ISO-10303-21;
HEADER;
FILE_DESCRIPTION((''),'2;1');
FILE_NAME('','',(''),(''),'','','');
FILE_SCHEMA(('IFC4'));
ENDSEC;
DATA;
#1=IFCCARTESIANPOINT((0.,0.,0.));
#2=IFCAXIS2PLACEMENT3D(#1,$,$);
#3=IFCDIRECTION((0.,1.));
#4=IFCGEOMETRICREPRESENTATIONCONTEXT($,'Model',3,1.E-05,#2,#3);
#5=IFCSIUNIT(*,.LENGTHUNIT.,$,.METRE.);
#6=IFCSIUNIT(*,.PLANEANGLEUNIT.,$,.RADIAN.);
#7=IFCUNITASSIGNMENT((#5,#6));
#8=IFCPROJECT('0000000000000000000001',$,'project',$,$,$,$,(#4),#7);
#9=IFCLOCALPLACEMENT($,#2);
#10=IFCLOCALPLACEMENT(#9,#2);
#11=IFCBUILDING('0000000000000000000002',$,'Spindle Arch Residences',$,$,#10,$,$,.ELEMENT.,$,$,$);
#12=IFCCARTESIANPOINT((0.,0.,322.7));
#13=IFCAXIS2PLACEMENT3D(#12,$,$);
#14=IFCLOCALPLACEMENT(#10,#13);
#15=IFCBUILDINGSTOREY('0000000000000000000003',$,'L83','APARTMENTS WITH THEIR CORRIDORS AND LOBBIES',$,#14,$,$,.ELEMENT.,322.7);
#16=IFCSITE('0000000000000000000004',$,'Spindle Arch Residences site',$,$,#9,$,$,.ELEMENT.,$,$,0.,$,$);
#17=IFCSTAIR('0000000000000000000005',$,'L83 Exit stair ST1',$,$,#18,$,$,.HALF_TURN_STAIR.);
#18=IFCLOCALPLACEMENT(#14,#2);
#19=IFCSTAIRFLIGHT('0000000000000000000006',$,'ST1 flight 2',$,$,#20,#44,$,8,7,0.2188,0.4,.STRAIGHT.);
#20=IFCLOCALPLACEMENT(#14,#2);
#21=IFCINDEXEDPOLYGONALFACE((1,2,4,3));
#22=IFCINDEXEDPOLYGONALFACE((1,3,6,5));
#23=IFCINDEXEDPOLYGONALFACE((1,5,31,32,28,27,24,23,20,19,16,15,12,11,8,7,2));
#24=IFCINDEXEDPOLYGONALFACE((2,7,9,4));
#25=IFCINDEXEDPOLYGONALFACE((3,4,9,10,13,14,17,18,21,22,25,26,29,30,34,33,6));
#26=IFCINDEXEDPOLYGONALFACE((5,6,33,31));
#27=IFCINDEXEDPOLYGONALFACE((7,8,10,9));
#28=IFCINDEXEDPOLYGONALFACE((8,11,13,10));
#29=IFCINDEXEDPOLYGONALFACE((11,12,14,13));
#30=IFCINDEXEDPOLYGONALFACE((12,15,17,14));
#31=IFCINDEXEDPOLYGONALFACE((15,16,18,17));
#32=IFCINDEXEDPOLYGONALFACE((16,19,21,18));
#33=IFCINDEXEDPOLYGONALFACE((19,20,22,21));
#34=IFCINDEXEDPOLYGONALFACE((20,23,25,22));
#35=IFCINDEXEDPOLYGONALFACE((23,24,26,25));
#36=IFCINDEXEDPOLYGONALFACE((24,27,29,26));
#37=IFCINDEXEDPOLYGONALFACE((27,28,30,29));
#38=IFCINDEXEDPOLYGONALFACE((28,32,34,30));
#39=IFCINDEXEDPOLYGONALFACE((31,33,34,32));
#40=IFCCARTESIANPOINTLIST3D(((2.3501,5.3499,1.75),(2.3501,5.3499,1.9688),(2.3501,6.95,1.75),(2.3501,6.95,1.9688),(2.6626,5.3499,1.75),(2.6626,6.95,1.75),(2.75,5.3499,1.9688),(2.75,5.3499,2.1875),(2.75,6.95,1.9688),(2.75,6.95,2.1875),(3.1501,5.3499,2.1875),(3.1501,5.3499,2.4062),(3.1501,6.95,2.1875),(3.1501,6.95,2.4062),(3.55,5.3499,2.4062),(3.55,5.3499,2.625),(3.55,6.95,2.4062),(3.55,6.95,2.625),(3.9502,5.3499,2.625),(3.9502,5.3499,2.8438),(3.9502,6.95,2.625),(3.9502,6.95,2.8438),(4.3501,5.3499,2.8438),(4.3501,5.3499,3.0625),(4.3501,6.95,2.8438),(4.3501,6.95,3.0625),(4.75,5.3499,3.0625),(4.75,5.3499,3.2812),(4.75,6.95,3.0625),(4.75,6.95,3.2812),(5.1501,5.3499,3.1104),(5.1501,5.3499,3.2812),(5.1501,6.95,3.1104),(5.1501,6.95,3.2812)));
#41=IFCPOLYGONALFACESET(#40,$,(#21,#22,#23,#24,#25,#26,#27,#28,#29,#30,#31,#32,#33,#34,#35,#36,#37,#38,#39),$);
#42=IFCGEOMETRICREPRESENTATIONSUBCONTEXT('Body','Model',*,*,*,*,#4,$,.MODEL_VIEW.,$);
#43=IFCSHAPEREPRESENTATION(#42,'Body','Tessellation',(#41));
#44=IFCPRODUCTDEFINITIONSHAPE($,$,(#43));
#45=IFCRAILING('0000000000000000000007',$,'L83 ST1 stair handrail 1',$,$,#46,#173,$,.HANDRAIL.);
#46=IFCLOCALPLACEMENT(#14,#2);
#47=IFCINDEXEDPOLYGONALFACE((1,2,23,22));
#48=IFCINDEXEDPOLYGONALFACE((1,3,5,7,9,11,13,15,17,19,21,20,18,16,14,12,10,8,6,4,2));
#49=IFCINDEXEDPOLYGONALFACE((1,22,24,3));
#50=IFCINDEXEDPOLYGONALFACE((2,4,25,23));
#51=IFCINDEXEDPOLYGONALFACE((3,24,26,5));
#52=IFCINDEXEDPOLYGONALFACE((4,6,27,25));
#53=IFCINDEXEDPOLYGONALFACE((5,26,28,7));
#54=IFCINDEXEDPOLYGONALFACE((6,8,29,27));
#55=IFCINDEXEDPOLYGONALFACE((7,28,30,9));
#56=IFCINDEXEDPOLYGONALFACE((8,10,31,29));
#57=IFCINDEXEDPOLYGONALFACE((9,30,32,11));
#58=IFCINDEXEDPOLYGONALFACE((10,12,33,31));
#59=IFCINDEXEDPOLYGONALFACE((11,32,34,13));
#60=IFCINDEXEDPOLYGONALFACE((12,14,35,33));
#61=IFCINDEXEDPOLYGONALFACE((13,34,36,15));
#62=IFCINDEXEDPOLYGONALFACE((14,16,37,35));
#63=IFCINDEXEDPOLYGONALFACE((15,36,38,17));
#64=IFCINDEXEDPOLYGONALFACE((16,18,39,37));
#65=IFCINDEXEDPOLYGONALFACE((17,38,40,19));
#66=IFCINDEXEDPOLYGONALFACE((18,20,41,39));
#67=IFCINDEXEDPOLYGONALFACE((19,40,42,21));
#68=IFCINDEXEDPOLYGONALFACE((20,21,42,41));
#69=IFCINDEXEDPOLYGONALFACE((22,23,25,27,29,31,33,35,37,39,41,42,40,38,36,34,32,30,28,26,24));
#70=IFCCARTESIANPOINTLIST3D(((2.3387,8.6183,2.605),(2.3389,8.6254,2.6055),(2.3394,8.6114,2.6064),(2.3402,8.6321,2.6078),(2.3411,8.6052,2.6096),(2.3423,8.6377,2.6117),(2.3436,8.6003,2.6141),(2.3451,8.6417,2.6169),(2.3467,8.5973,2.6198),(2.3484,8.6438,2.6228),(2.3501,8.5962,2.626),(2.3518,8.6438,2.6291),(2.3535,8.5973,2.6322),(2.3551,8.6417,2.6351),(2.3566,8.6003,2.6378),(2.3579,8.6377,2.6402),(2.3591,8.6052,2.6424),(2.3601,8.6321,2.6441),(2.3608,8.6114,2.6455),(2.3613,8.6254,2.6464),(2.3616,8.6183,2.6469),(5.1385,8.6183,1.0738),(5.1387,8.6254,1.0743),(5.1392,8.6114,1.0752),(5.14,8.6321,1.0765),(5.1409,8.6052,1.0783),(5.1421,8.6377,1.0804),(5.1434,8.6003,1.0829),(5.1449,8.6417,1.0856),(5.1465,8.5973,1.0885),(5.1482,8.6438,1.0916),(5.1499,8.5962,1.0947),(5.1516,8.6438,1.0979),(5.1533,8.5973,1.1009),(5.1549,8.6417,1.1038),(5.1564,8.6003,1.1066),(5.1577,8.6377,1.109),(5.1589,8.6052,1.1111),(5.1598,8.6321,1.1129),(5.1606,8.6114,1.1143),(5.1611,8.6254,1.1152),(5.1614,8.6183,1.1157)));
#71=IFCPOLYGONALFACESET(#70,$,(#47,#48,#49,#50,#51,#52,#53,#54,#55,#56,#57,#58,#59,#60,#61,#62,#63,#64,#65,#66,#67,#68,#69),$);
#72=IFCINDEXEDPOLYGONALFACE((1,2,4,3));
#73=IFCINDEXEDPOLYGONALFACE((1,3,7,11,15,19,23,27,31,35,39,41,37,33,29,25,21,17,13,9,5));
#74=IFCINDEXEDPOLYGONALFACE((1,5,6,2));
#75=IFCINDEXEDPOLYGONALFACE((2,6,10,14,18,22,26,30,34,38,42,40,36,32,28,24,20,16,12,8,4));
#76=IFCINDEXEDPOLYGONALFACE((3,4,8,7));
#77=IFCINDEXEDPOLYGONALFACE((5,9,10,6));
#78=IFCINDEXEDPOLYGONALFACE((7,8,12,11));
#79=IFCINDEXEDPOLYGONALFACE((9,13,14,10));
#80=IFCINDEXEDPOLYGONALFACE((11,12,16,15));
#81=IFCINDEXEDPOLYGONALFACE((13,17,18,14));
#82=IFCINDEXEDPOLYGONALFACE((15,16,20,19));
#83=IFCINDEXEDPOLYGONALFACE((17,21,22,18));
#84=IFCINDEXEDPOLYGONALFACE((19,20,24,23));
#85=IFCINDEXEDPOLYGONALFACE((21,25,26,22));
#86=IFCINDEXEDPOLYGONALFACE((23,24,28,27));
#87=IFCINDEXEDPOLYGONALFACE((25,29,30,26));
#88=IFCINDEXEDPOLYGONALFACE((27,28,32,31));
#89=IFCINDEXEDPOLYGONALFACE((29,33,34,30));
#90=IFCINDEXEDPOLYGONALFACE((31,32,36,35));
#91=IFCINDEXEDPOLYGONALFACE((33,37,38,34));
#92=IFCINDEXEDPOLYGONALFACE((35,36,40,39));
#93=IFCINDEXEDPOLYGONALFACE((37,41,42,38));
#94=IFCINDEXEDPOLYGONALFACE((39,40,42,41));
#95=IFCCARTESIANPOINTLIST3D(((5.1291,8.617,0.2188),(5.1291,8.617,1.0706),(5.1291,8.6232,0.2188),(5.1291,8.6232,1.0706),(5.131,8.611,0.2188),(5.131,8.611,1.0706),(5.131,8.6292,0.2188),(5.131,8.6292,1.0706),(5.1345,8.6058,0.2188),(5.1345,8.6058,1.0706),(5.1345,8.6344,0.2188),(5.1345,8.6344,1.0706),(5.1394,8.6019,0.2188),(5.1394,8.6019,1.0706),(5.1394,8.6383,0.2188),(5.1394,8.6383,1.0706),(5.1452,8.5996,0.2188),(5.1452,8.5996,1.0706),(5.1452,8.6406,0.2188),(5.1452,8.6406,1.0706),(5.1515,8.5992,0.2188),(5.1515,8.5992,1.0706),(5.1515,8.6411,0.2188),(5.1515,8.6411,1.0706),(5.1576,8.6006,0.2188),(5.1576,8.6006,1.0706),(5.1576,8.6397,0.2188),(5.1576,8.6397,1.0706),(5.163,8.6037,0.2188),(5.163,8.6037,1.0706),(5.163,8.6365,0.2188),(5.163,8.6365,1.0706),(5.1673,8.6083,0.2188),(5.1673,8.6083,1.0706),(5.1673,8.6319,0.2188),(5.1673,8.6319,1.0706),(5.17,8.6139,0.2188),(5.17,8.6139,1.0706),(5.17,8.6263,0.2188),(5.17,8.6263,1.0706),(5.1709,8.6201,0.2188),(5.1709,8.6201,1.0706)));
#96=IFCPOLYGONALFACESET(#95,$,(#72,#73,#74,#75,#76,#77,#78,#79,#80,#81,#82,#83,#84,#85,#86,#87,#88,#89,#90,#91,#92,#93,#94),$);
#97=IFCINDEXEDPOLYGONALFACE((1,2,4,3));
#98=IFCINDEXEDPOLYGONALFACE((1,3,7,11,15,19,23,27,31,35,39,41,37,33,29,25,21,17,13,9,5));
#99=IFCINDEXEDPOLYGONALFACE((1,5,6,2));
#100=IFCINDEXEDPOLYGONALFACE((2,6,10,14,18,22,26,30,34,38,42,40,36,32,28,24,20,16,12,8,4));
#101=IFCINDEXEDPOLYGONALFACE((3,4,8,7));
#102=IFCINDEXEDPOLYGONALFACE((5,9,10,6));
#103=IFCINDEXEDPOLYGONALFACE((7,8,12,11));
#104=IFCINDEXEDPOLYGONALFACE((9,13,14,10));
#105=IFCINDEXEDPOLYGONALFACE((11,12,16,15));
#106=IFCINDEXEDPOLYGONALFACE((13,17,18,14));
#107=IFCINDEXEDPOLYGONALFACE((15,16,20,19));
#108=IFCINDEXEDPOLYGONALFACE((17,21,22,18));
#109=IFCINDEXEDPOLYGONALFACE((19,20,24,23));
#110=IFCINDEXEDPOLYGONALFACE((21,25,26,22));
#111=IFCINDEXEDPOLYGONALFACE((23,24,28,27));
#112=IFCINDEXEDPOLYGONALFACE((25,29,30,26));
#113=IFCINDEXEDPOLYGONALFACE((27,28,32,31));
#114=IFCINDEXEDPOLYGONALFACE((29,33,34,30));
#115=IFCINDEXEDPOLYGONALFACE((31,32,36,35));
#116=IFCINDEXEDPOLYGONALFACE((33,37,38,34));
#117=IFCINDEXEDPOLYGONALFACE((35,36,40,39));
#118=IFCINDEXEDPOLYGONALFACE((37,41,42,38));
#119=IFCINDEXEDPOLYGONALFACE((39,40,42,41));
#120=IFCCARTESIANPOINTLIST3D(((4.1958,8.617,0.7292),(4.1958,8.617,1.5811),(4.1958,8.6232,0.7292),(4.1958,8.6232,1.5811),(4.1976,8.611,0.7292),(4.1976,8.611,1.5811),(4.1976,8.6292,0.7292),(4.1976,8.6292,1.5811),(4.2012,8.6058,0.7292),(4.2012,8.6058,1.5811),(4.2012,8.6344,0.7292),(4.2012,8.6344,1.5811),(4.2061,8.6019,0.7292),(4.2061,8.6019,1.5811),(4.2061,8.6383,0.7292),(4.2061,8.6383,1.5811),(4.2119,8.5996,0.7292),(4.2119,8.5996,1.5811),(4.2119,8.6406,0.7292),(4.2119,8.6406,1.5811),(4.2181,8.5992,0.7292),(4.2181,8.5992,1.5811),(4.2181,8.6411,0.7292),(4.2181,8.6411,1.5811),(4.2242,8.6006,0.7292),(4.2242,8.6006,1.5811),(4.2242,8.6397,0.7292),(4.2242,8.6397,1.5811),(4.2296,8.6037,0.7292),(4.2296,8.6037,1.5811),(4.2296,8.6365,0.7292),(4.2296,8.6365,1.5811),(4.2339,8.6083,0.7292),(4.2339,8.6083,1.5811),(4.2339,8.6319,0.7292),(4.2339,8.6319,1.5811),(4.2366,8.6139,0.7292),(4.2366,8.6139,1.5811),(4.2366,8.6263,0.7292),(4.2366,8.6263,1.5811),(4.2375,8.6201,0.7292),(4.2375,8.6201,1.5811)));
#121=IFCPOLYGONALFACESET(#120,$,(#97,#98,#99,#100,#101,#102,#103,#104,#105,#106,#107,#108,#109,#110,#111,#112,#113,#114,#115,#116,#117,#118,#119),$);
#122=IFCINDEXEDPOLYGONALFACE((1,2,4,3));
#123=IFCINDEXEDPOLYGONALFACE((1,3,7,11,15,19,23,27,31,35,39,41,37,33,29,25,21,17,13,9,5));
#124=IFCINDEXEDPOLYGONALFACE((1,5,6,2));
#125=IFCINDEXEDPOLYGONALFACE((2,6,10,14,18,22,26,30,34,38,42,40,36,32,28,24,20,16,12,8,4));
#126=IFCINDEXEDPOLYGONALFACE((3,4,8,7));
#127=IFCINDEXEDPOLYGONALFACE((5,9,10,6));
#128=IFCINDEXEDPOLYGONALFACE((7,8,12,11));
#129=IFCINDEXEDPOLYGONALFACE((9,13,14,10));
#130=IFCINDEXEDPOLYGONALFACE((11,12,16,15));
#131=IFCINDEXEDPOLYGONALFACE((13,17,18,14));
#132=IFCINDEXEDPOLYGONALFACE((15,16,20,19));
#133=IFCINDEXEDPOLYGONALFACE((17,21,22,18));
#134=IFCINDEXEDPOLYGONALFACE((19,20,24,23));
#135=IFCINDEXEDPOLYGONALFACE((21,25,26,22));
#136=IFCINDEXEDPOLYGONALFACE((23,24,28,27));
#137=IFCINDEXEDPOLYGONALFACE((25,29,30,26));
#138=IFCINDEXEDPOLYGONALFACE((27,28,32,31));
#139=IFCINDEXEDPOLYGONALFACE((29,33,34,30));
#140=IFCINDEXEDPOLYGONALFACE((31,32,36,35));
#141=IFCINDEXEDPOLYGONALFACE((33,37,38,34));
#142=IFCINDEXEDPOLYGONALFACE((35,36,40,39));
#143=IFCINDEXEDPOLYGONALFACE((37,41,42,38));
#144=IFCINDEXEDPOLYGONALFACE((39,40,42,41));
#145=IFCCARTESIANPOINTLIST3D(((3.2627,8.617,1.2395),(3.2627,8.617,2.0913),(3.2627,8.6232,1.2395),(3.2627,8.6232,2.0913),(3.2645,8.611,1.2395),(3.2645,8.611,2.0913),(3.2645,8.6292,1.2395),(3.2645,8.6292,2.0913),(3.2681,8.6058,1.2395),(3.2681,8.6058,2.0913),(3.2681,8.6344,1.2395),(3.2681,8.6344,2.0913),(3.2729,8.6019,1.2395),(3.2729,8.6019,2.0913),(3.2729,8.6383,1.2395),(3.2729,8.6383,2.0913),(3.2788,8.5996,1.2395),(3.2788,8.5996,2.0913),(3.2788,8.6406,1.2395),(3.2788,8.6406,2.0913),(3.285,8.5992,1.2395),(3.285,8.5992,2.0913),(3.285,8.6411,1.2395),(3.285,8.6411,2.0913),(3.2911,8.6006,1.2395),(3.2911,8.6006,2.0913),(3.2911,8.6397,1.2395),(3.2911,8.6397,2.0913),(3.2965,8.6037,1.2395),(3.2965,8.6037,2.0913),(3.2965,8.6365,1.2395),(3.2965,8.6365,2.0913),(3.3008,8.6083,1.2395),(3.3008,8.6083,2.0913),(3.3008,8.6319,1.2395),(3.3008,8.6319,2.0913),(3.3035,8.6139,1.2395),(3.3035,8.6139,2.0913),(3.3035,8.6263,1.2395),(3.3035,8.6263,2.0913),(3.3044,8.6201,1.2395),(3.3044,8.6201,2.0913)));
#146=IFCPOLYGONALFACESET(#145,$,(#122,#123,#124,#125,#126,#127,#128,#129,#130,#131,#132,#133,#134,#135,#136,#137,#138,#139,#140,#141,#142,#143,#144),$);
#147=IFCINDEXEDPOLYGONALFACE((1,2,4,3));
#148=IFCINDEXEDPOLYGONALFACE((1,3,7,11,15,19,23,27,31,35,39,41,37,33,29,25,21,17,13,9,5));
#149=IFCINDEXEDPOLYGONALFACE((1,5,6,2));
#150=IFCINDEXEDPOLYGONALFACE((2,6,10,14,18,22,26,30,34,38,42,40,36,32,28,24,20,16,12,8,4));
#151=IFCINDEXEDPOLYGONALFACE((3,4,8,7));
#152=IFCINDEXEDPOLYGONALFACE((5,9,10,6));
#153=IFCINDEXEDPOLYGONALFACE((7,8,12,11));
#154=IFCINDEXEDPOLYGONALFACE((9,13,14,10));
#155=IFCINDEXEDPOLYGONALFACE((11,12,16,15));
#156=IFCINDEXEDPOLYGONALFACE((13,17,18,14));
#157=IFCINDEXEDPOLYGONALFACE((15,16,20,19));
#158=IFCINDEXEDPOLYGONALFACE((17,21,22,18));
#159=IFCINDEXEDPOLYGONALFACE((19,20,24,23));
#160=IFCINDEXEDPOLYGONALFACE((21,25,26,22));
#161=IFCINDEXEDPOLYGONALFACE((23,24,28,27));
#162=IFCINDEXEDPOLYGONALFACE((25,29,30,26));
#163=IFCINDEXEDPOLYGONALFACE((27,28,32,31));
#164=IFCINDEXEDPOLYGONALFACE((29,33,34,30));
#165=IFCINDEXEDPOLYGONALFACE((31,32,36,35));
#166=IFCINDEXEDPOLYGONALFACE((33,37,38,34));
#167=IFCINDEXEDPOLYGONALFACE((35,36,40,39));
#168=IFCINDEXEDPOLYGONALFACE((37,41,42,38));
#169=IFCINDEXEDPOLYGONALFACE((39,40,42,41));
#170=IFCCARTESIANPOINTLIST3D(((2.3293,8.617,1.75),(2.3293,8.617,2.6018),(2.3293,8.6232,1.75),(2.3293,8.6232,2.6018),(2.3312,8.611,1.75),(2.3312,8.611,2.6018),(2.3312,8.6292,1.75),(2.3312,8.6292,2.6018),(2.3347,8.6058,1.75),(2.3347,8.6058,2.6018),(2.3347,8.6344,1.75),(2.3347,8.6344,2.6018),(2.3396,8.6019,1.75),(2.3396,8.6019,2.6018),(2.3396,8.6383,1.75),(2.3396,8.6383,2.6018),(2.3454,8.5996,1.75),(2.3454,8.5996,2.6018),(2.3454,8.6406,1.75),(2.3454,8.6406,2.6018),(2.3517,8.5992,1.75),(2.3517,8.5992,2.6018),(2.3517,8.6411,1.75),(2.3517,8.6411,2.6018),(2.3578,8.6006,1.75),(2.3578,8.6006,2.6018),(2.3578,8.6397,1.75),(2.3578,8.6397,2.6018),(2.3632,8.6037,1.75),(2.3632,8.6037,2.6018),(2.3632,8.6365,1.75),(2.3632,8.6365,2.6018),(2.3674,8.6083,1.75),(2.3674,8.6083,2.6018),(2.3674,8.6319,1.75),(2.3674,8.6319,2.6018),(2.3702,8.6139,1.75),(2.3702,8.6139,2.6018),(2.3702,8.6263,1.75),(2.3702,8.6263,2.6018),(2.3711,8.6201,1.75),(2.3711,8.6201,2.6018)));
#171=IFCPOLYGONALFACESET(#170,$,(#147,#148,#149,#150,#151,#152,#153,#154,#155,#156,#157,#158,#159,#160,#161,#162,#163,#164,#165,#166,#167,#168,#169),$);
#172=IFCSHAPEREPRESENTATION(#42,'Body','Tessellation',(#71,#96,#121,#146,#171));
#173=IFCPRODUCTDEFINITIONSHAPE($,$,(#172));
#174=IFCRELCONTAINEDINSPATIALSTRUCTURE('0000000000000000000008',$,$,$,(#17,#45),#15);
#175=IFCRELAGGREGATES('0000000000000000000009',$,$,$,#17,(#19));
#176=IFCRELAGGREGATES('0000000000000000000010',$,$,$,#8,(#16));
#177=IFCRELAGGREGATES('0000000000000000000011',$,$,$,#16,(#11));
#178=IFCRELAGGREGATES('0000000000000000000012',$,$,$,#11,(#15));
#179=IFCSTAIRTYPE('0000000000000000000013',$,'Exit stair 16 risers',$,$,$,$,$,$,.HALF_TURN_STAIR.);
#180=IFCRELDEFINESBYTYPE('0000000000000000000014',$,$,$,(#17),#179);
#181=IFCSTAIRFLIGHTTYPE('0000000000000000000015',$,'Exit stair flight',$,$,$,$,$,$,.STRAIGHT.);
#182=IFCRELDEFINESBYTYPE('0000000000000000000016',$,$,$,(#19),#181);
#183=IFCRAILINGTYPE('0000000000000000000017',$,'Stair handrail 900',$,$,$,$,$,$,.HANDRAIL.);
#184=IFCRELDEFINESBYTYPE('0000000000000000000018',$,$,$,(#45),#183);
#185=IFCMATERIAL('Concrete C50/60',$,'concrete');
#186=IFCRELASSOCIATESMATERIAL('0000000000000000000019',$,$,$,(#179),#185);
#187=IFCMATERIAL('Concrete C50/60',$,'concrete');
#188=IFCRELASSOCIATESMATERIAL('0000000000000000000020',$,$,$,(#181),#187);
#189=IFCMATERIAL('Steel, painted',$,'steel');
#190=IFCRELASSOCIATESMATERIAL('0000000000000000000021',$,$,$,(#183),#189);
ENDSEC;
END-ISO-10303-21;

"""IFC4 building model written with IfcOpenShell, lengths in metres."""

from ifc_helpers import new_model, si_unit, direction, frame, origin, origin_2d, place, context, subcontext, project, spatial, polyline, circle, outline, extrude, material, type_object, element, aggregate, save


model = new_model("IFC4")

# Units and contexts
model_context = context("Model", 3, precision=1e-05, world=origin(), true_north=direction((0.0, 1.0)))
body_context = subcontext(model_context, "Body", "Model", "MODEL_VIEW")
ifc_project = project(units=[si_unit("LENGTHUNIT", "METRE"), si_unit("PLANEANGLEUNIT", "RADIAN")], contexts=[model_context])

# Site, building, storey
site_placement = place(None, origin())
site = spatial("IfcSite", under=ifc_project, at=site_placement, Name="Spindle Arch Residences site", CompositionType="ELEMENT", RefElevation=0.0)
building_placement = place(site_placement, origin())
building = spatial("IfcBuilding", under=site, at=building_placement, Name="Spindle Arch Residences", CompositionType="ELEMENT")
storey_placement = place(building_placement, frame((0.0, 0.0, 322.7)))
storey = spatial("IfcBuildingStorey", under=building, at=storey_placement, Name="L83", Description="APARTMENTS WITH THEIR CORRIDORS AND LOBBIES", CompositionType="ELEMENT", Elevation=322.7)

# Stair, stair flight
ifc_material_1 = material(Name="Concrete C50/60", Category="concrete")
stair_type = type_object("IfcStairType", Name="Exit stair 16 risers", PredefinedType="HALF_TURN_STAIR", material=ifc_material_1)
stair_placement = place(storey_placement, origin())
stair = element("IfcStair", 1, at=stair_placement, inside=storey, type_object=stair_type, Name="L83 Exit stair ST1", PredefinedType="HALF_TURN_STAIR")
ifc_material_2 = material(Name="Concrete C50/60", Category="concrete")
stair_flight_type = type_object("IfcStairFlightType", Name="Exit stair flight", PredefinedType="STRAIGHT", material=ifc_material_2)
stair_flight_1_placement = place(storey_placement, frame((2.3501, 6.1499, 1.75), z_axis=(0.0, 0.0, 1.0), x_axis=(1.0, 0.0, 0.0)))
stair_flight_1 = element("IfcStairFlight", 2, at=stair_flight_1_placement, type_object=stair_flight_type, Name="ST1 flight 2", NumberOfRisers=8, NumberOfTreads=7, PredefinedType="STRAIGHT", RiserHeight=0.2188, TreadLength=0.4, context=body_context, shape_type="SweptSolid", body=[
    extrude(outline(polyline([(0.0, 0.0), (0.0, 0.2188), (0.3999, 0.2188), (0.3999, 0.4375), (0.8, 0.4375), (0.8, 0.6562), (1.2, 0.6562), (1.2, 0.875), (1.6001, 0.875), (1.6001, 1.0938), (2.0, 1.0938), (2.0, 1.3125), (2.3999, 1.3125), (2.3999, 1.5312), (2.8, 1.5312), (2.8, 1.75), (2.8, 1.3604), (0.3125, 0.0), (0.0, 0.0)])), frame((0.0, 0.8, 0.0), z_axis=(0.0, -1.0, 0.0), x_axis=(1.0, 0.0, 0.0)), (0.0, 0.0, 1.0), 1.6001),
])
aggregate(stair, [stair_flight_1])

# Railing
ifc_material_3 = material(Name="Steel, painted", Category="steel")
railing_type_1 = type_object("IfcRailingType", Name="Stair handrail 900", PredefinedType="HANDRAIL", material=ifc_material_3)
railing_1_placement = place(storey_placement, frame((5.1499, 8.6201, 0.2188)))
element("IfcRailing", 3, at=railing_1_placement, inside=storey, type_object=railing_type_1, Name="L83 ST1 stair handrail 1", PredefinedType="HANDRAIL", context=body_context, shape_type="SweptSolid", body=[
    extrude(circle(Radius=0.0239, at=origin_2d()), frame((0.0, 0.0, 0.876), z_axis=(-0.877357, 0.0, 0.479838), x_axis=(0.0, -1.0, 0.0)), (0.0, 0.0, 1.0), 3.1912),
    extrude(circle(Radius=0.021, at=origin_2d()), origin(), (0.0, 0.0, 1.0), 0.8518),
    extrude(circle(Radius=0.021, at=origin_2d()), frame((-0.9333, 0.0, 0.5105)), (0.0, 0.0, 1.0), 0.8518),
    extrude(circle(Radius=0.021, at=origin_2d()), frame((-1.8665, 0.0, 1.0208)), (0.0, 0.0, 1.0), 0.8518),
    extrude(circle(Radius=0.021, at=origin_2d()), frame((-2.7998, 0.0, 1.5312)), (0.0, 0.0, 1.0), 0.8518),
])

save(model, "model.ifc")
